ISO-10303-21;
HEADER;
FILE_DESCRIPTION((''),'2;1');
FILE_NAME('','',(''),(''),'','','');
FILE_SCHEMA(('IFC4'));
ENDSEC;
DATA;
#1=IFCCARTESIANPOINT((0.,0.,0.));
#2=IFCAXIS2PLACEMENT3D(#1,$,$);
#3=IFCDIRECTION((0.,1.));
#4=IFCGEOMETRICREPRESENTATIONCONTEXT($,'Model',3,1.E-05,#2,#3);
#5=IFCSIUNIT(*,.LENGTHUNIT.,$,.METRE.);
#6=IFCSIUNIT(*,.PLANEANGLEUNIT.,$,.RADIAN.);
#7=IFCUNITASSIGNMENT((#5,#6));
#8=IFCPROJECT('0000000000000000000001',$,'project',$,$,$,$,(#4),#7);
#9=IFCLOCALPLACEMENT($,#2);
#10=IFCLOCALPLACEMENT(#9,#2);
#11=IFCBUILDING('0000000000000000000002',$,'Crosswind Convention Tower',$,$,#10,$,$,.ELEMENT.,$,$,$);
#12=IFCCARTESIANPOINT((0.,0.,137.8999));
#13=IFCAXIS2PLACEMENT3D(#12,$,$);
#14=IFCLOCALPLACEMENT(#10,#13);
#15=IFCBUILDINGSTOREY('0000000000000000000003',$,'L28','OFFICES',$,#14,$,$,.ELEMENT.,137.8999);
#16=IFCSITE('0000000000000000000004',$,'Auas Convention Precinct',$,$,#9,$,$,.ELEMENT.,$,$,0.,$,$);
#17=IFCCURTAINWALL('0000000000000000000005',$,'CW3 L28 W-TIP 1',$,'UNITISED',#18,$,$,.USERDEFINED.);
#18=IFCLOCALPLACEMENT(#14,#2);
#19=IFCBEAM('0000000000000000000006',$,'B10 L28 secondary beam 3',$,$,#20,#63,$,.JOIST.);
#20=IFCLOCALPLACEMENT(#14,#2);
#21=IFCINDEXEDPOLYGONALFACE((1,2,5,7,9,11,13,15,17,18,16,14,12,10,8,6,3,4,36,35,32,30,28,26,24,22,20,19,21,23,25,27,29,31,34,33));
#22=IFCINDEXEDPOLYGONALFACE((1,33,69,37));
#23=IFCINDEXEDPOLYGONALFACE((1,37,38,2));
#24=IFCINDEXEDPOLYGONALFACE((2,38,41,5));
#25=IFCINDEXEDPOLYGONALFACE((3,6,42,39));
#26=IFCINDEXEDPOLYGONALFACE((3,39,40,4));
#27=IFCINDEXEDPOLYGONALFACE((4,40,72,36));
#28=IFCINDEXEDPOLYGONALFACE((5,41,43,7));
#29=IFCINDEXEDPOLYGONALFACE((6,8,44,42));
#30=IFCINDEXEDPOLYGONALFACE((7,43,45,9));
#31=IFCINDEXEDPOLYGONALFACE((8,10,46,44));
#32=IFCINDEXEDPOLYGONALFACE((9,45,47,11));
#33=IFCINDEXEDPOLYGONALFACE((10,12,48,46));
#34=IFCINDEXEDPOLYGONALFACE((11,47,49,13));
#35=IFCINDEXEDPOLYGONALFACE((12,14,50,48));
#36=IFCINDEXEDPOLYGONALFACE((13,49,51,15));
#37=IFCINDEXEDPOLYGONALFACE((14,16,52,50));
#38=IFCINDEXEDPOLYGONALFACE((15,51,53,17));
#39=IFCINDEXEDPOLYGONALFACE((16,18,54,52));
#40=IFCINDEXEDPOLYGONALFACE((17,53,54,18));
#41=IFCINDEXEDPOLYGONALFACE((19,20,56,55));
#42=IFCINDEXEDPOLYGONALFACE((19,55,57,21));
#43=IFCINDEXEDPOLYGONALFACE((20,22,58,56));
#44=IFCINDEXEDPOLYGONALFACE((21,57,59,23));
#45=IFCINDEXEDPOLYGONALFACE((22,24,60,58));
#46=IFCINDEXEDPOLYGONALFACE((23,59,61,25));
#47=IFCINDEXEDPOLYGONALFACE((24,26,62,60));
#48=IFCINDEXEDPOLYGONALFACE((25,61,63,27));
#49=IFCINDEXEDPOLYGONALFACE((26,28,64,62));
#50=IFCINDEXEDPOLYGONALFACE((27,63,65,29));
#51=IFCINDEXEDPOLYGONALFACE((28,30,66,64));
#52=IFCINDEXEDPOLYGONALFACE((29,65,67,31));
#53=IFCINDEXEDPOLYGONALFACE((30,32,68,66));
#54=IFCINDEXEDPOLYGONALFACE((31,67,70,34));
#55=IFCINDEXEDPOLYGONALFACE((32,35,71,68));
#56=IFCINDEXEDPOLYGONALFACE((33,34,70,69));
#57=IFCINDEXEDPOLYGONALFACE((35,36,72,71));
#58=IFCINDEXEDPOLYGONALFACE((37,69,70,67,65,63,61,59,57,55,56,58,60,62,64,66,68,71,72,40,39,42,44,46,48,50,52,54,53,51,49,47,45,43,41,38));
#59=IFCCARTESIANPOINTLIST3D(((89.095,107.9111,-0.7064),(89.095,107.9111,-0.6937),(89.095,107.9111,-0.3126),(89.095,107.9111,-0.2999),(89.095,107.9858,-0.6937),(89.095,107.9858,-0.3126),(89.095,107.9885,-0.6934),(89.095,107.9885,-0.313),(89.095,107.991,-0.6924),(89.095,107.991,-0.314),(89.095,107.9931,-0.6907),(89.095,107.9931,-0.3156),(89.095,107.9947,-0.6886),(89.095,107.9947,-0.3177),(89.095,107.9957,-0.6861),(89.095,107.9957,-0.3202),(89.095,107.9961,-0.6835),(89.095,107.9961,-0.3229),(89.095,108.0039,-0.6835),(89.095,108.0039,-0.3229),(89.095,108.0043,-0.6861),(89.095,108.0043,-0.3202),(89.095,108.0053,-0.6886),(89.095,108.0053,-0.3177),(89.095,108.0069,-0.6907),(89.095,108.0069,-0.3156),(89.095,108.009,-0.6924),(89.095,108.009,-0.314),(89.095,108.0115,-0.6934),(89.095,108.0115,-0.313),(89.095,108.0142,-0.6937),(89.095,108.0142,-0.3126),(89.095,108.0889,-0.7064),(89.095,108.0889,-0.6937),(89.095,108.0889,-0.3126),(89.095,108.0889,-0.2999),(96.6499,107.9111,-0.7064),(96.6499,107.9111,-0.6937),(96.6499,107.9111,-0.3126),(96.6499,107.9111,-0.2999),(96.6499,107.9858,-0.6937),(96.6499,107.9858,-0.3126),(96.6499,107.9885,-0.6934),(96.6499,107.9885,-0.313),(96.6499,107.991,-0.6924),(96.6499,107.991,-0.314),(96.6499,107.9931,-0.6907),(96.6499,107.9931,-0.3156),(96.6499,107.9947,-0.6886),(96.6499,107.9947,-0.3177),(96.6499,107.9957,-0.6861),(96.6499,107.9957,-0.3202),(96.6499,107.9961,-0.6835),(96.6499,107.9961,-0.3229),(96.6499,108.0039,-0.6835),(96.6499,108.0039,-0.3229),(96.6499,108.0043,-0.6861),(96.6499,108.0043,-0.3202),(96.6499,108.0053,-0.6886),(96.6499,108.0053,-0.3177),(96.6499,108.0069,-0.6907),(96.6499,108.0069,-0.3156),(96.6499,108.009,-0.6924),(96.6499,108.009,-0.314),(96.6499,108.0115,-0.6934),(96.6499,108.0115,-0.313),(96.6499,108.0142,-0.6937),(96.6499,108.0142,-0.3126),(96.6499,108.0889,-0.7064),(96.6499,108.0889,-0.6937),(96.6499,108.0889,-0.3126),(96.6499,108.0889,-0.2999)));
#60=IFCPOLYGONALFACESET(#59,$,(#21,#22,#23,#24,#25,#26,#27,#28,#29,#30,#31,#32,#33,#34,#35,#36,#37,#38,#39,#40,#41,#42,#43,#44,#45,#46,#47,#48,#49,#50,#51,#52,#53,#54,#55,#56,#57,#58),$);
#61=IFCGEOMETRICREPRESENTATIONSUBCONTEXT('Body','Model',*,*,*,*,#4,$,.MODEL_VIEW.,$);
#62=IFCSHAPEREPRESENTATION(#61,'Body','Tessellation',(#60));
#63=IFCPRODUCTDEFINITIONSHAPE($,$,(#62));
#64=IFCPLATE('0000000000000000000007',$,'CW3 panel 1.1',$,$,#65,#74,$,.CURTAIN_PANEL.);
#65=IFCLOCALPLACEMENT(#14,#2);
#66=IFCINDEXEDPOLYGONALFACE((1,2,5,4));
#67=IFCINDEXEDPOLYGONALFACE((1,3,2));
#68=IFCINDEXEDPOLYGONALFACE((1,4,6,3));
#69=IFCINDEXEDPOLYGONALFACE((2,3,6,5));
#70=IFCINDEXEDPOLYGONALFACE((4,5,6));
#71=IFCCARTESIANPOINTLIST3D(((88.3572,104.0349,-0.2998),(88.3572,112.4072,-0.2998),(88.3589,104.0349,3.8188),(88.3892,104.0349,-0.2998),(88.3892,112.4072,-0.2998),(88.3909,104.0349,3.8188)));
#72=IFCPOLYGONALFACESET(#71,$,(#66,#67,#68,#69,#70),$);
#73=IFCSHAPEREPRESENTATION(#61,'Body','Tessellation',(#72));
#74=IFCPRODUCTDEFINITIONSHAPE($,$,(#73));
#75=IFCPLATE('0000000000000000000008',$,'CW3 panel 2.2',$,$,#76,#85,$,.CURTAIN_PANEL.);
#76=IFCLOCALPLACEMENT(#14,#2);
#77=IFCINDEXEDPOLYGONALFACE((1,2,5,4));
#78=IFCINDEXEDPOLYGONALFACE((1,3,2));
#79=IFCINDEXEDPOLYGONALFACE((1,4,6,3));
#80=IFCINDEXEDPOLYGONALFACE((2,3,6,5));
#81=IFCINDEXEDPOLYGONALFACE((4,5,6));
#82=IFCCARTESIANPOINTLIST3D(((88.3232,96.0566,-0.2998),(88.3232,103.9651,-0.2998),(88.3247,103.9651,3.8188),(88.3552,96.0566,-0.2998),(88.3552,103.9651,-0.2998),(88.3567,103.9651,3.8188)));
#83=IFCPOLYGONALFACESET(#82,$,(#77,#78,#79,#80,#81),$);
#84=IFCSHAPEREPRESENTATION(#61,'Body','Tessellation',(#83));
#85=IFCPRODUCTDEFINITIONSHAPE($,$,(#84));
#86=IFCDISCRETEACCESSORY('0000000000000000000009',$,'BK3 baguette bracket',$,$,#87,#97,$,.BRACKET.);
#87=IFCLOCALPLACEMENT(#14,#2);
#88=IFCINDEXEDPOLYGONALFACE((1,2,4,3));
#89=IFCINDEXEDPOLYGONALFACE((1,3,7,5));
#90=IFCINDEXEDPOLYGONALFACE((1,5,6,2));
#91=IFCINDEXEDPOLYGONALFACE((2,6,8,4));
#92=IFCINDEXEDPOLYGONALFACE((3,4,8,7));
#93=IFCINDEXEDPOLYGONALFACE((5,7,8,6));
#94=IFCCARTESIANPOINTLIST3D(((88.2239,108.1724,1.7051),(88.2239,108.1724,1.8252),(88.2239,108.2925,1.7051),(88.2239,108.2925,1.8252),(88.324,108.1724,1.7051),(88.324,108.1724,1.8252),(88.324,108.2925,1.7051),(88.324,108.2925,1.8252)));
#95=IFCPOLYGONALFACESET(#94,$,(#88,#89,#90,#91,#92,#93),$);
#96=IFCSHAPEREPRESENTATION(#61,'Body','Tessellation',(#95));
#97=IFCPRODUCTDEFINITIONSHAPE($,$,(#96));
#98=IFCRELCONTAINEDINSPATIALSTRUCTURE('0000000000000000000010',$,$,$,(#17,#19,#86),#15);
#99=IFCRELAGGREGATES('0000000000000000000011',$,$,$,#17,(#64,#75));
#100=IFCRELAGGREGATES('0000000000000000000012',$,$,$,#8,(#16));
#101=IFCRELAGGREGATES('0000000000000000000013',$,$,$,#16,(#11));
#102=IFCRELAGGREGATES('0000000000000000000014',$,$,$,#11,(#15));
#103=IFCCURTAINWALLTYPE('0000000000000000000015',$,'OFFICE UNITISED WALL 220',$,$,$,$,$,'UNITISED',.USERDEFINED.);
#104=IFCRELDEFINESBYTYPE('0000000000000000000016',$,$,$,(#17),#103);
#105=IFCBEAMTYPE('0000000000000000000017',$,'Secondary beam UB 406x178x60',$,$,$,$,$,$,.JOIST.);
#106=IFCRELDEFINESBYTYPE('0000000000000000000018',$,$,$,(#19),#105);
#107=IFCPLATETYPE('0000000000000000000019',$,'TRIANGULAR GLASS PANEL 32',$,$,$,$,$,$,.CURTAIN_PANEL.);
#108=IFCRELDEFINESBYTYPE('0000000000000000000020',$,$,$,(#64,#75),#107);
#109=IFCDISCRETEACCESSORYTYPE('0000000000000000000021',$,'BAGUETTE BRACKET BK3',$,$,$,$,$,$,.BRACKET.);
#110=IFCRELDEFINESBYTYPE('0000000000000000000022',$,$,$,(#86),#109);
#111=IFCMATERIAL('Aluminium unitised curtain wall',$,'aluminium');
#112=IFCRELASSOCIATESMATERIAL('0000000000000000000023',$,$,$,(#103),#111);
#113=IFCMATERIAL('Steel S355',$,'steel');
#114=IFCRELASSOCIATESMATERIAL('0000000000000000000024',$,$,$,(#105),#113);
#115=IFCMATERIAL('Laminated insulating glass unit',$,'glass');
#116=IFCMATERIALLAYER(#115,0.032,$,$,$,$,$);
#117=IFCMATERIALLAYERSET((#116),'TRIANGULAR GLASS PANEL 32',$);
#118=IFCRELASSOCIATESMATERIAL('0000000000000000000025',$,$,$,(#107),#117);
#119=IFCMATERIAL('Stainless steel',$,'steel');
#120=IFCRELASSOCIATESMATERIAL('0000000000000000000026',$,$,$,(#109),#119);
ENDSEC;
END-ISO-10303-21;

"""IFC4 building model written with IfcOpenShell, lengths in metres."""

from ifc_helpers import new_model, si_unit, direction, frame, origin, origin_2d, place, context, subcontext, project, spatial, polyline, rectangle, i_section, outline, extrude, material, layer, layer_set, material_profile, profile_set, type_object, element, aggregate, save


model = new_model("IFC4")

# Units and contexts
model_context = context("Model", 3, precision=1e-05, world=origin(), true_north=direction((0.0, 1.0)))
body_context = subcontext(model_context, "Body", "Model", "MODEL_VIEW")
ifc_project = project(units=[si_unit("LENGTHUNIT", "METRE"), si_unit("PLANEANGLEUNIT", "RADIAN")], contexts=[model_context])

# Site, building, storey
site_placement = place(None, origin())
site = spatial("IfcSite", under=ifc_project, at=site_placement, Name="Auas Convention Precinct", CompositionType="ELEMENT", RefElevation=0.0)
building_placement = place(site_placement, origin())
building = spatial("IfcBuilding", under=site, at=building_placement, Name="Crosswind Convention Tower", CompositionType="ELEMENT")
storey_placement = place(building_placement, frame((0.0, 0.0, 137.8999)))
storey = spatial("IfcBuildingStorey", under=building, at=storey_placement, Name="L28", Description="OFFICES", CompositionType="ELEMENT", Elevation=137.8999)

# Shared definitions
ifc_material_1 = material(Name="Steel S355", Category="steel")

# Curtain wall
ifc_material_2 = material(Name="Aluminium unitised curtain wall", Category="aluminium")
curtain_wall_type = type_object("IfcCurtainWallType", Name="OFFICE UNITISED WALL 220", ElementType="UNITISED", PredefinedType="USERDEFINED", material=ifc_material_2)
curtain_wall_placement = place(storey_placement, origin())
curtain_wall = element("IfcCurtainWall", 1, at=curtain_wall_placement, inside=storey, type_object=curtain_wall_type, Name="CW3 L28 W-TIP 1", ObjectType="UNITISED", PredefinedType="USERDEFINED")

# Beam
ifc_material_profile_1 = material_profile(ifc_material_1, i_section(OverallWidth=0.1777, OverallDepth=0.4065, WebThickness=0.0078, FlangeThickness=0.0127, FilletRadius=0.0103, at=origin_2d()), Name="UB 406x178x60")
ifc_profile_set_1 = profile_set([ifc_material_profile_1], Name="Steel S355")
beam_type_1 = type_object("IfcBeamType", Name="Secondary beam UB 406x178x60", PredefinedType="JOIST", material=ifc_profile_set_1)
for number, where, z_axis, x_axis, name in (
    (2, (89.095, 108.0, -0.5032), (1.0, 0.0, 0.0), (0.0, 1.0, 0.0), "B10 L28 secondary beam 3"),
):
    element("IfcBeam", number, at=place(storey_placement, frame(where, z_axis=z_axis, x_axis=x_axis)), inside=storey, type_object=beam_type_1, Name=name, PredefinedType="JOIST", context=body_context, shape_type="SweptSolid", body=[
        extrude(i_section(OverallWidth=0.1777, OverallDepth=0.4065, WebThickness=0.0078, FlangeThickness=0.0127, FilletRadius=0.0103, at=origin_2d()), origin(), (0.0, 0.0, 1.0), 7.5549),
    ])

# Plates
ifc_material_3 = material(Name="Laminated insulating glass unit", Category="glass")
ifc_layer_1 = layer(ifc_material_3, 0.032)
ifc_layer_set_1 = layer_set([ifc_layer_1], Name="TRIANGULAR GLASS PANEL 32")
plate_type = type_object("IfcPlateType", Name="TRIANGULAR GLASS PANEL 32", PredefinedType="CURTAIN_PANEL", material=ifc_layer_set_1)
plate_1_placement = place(storey_placement, frame((88.3572, 104.0349, -0.2998), z_axis=(-1.0, 0.0, 0.000415), x_axis=(0.000415, 0.0, 1.0)))
plate_1 = element("IfcPlate", 3, at=plate_1_placement, type_object=plate_type, Name="CW3 panel 1.1", PredefinedType="CURTAIN_PANEL", context=body_context, shape_type="SweptSolid", body=[
    extrude(outline(polyline([(0.0, 0.0), (4.1187, 0.0), (0.0, 8.3723), (0.0, 0.0)])), origin(), (0.0, 0.0, -1.0), 0.032),
])
plate_2_placement = place(storey_placement, frame((88.3232, 103.9651, -0.2998), z_axis=(-1.0, 0.0, 0.000356), x_axis=(0.0, -1.0, 0.0)))
plate_2 = element("IfcPlate", 4, at=plate_2_placement, type_object=plate_type, Name="CW3 panel 2.2", PredefinedType="CURTAIN_PANEL", context=body_context, shape_type="SweptSolid", body=[
    extrude(outline(polyline([(0.0, 0.0), (7.9084, 0.0), (0.0, 4.1187), (0.0, 0.0)])), origin(), (0.0, 0.0, -1.0), 0.032),
])
aggregate(curtain_wall, [plate_1, plate_2])

# Discrete accessory
ifc_material_4 = material(Name="Stainless steel", Category="steel")
discrete_accessory_type = type_object("IfcDiscreteAccessoryType", Name="BAGUETTE BRACKET BK3", PredefinedType="BRACKET", material=ifc_material_4)
discrete_accessory_placement = place(storey_placement, frame((88.2739, 108.2324, 1.7051), z_axis=(0.0, 0.0, 1.0), x_axis=(0.0, -1.0, 0.0)))
element("IfcDiscreteAccessory", 5, at=discrete_accessory_placement, inside=storey, type_object=discrete_accessory_type, Name="BK3 baguette bracket", PredefinedType="BRACKET", context=body_context, shape_type="SweptSolid", body=[
    extrude(rectangle(XDim=0.1201, YDim=0.1001, at=origin_2d()), origin(), (0.0, 0.0, 1.0), 0.1201),
])

save(model, "model.ifc")
